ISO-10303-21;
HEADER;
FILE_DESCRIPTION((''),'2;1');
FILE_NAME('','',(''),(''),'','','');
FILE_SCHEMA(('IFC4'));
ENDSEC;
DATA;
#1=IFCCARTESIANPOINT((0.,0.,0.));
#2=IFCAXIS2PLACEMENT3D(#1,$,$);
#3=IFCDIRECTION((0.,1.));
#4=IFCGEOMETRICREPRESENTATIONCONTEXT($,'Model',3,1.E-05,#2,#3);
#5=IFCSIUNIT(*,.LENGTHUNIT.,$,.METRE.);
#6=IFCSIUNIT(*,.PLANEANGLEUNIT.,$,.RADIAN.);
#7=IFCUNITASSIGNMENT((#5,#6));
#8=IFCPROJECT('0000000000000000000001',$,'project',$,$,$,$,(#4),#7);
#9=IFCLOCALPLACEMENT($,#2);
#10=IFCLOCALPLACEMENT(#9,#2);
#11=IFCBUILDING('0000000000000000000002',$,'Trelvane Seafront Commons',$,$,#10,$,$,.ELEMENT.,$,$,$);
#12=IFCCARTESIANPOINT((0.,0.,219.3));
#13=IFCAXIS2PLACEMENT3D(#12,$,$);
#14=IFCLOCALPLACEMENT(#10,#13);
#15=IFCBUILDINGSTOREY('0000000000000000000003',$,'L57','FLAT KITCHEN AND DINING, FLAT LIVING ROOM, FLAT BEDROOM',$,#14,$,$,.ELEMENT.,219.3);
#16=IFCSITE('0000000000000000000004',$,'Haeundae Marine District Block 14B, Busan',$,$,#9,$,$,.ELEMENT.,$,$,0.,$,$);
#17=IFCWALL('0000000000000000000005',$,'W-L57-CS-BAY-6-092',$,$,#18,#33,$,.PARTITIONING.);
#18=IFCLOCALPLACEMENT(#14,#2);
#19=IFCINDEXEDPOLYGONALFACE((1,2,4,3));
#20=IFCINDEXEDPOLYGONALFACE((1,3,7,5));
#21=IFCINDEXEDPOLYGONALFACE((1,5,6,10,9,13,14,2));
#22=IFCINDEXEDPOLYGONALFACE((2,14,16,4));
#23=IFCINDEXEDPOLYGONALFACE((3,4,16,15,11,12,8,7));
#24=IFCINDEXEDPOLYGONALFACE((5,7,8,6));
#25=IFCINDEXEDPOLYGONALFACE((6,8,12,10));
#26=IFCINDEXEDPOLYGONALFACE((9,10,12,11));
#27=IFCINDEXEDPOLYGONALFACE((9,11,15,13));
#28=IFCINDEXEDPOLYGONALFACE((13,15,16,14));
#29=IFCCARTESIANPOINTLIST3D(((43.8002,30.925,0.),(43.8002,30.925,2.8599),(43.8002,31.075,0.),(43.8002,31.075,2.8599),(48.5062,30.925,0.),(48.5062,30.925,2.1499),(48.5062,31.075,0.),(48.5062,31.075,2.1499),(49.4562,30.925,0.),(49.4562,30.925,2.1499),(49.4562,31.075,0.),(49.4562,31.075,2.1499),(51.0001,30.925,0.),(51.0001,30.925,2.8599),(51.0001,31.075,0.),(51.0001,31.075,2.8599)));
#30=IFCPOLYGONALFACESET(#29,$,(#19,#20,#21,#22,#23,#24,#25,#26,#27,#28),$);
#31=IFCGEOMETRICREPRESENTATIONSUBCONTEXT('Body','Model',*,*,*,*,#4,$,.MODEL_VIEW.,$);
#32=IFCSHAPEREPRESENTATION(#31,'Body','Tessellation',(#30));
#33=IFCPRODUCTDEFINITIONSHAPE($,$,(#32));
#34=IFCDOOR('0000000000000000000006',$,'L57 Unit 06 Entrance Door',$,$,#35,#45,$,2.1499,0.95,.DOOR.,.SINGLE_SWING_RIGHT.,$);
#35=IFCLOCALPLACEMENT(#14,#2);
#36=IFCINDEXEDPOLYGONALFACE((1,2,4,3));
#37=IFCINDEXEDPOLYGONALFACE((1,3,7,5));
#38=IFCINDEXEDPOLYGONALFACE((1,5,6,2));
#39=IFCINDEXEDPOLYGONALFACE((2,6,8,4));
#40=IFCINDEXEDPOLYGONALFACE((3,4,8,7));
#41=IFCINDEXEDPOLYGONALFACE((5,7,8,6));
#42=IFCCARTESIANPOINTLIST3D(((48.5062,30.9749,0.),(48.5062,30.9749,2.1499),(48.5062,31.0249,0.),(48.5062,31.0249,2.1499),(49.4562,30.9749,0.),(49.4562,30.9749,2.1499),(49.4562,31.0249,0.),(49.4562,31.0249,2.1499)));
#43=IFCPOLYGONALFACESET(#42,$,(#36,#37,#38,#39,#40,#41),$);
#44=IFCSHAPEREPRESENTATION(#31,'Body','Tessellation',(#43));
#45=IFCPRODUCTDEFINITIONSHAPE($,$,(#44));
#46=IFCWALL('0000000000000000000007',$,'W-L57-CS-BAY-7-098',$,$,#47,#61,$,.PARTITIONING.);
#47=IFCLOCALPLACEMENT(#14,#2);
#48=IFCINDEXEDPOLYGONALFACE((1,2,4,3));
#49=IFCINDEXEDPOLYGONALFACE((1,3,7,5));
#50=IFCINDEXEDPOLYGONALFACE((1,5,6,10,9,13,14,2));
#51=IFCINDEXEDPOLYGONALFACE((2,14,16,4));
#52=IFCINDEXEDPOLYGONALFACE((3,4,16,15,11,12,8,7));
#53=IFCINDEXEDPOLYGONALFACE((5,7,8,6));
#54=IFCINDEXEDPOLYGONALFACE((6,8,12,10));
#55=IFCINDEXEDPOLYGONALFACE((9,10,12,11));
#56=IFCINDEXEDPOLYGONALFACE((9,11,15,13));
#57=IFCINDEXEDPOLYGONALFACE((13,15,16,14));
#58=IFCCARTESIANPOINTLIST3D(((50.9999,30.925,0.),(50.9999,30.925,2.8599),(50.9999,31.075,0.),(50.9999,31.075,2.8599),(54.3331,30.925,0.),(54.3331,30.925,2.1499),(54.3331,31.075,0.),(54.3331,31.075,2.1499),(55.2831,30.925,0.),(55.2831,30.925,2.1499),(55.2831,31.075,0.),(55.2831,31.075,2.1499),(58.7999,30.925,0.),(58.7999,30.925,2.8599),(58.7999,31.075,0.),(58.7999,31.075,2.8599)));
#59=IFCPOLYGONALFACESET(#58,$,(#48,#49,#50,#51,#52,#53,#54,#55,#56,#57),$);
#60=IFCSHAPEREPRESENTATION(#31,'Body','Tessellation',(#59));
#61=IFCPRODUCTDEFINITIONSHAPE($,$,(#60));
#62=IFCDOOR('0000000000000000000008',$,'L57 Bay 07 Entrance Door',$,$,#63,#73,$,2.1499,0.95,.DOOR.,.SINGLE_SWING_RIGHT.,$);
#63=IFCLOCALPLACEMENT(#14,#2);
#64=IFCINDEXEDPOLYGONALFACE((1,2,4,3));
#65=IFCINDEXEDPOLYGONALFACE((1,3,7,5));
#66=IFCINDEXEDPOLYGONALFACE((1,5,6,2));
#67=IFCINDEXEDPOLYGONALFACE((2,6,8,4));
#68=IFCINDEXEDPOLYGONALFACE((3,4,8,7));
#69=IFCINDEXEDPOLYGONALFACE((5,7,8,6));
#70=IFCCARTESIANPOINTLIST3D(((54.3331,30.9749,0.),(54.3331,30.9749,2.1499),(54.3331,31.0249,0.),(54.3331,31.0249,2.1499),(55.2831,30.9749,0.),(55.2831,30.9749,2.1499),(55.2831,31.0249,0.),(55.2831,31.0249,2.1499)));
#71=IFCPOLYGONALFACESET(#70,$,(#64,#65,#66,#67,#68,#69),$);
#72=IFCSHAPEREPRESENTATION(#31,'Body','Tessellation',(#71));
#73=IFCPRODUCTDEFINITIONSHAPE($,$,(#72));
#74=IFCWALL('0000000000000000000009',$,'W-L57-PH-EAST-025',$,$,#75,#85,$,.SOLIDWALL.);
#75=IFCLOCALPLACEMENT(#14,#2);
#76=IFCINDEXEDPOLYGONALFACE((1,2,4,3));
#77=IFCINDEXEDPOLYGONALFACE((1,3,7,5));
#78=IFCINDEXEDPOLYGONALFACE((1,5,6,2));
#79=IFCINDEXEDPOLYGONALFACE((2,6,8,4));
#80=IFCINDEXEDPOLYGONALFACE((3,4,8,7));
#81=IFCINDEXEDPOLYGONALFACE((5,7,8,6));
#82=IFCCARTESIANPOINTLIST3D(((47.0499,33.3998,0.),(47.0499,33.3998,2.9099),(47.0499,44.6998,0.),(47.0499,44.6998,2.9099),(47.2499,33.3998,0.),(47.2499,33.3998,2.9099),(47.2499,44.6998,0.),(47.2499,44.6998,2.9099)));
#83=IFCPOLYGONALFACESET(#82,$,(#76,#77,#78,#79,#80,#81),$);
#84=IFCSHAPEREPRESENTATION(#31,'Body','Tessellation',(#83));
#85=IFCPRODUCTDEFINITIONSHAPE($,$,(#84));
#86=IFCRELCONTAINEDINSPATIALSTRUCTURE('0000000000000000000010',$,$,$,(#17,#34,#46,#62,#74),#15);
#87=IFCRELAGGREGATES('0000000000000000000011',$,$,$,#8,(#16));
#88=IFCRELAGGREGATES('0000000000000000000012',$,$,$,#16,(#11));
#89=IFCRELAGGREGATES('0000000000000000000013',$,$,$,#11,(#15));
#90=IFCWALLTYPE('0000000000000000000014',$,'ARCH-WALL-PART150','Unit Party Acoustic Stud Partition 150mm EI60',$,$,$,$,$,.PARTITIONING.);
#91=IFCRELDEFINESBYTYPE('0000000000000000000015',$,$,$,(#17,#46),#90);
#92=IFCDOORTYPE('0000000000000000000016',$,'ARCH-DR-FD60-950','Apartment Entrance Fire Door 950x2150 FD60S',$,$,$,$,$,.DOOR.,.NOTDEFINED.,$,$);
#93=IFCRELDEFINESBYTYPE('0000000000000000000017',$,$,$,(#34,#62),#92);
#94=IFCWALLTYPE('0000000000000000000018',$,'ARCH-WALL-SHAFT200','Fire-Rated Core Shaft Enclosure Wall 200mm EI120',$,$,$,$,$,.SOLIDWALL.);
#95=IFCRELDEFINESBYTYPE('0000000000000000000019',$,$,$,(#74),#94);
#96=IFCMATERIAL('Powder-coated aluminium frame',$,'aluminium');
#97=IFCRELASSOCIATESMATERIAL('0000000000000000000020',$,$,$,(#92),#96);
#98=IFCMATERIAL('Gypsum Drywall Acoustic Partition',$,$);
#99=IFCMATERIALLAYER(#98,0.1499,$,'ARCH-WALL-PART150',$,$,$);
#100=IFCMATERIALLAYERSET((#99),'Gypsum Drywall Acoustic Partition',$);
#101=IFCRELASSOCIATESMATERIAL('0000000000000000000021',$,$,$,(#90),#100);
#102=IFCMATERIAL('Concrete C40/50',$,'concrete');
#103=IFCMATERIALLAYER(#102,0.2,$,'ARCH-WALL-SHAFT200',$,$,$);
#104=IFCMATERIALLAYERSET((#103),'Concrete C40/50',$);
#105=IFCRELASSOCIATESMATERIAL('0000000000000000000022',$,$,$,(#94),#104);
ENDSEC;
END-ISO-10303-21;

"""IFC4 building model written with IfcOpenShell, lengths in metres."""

from ifc_helpers import new_model, si_unit, direction, frame, frame_2d, origin, place, context, subcontext, project, spatial, rectangle, extrude, source, transform, mapped, material, layer, layer_set, type_object, element, fill, save


model = new_model("IFC4")

# Units and contexts
model_context = context("Model", 3, precision=1e-05, world=origin(), true_north=direction((0.0, 1.0)))
body_context = subcontext(model_context, "Body", "Model", "MODEL_VIEW")
ifc_project = project(units=[si_unit("LENGTHUNIT", "METRE"), si_unit("PLANEANGLEUNIT", "RADIAN")], contexts=[model_context])

# Site, building, storey
site_placement = place(None, origin())
site = spatial("IfcSite", under=ifc_project, at=site_placement, Name="Haeundae Marine District Block 14B, Busan", CompositionType="ELEMENT", RefElevation=0.0)
building_placement = place(site_placement, origin())
building = spatial("IfcBuilding", under=site, at=building_placement, Name="Trelvane Seafront Commons", CompositionType="ELEMENT")
storey_placement = place(building_placement, frame((0.0, 0.0, 219.3)))
storey = spatial("IfcBuildingStorey", under=building, at=storey_placement, Name="L57", Description="FLAT KITCHEN AND DINING, FLAT LIVING ROOM, FLAT BEDROOM", CompositionType="ELEMENT", Elevation=219.3)

# Shared definitions
ifc_material_1 = material(Name="Concrete C40/50", Category="concrete")
ifc_material_2 = material(Name="Powder-coated aluminium frame", Category="aluminium")
door_type_1 = type_object("IfcDoorType", Name="ARCH-DR-FD60-950", Description="Apartment Entrance Fire Door 950x2150 FD60S", OperationType="NOTDEFINED", PredefinedType="DOOR", material=ifc_material_2)
shared_shape_1 = source(origin(), body_context, "Body", "SweptSolid", [
    extrude(rectangle(XDim=0.95, YDim=2.1499, at=frame_2d((0.4751, 1.075))), frame((0.0, 0.0249, 0.0), z_axis=(0.0, -1.0, 0.0), x_axis=(1.0, 0.0, 0.0)), (0.0, 0.0, 1.0), 0.05),
])
ifc_material_3 = material(Name="Gypsum Drywall Acoustic Partition")

# Walls, openings, doors
ifc_layer_1 = layer(ifc_material_3, 0.1499, Name="ARCH-WALL-PART150")
ifc_layer_set_1 = layer_set([ifc_layer_1], Name="Gypsum Drywall Acoustic Partition")
wall_type_1 = type_object("IfcWallType", Name="ARCH-WALL-PART150", Description="Unit Party Acoustic Stud Partition 150mm EI60", PredefinedType="PARTITIONING", material=ifc_layer_set_1)
wall_1_placement = place(storey_placement, frame((43.8, 31.0, 0.0), z_axis=(0.0, 0.0, 1.0), x_axis=(1.0, 0.0, 0.0)))
wall_1 = element("IfcWall", 1, at=wall_1_placement, inside=storey, type_object=wall_type_1, Name="W-L57-CS-BAY-6-092", PredefinedType="PARTITIONING", context=body_context, shape_type="SweptSolid", body=[
    extrude(rectangle(XDim=7.2, YDim=0.1499, at=frame_2d((3.6001, 0.0))), origin(), (0.0, 0.0, 1.0), 2.8599),
])
opening_1_placement = place(wall_1_placement, frame((4.7061, 0.0, 0.0)))
opening_1 = element("IfcOpeningElement", 2, at=opening_1_placement, cuts=wall_1, PredefinedType="OPENING", context=body_context, shape_type="SweptSolid", body=[
    extrude(rectangle(XDim=0.95, YDim=2.1499, at=frame_2d((0.4751, 1.075))), frame((0.0, 0.085, 0.0), z_axis=(0.0, -1.0, 0.0), x_axis=(1.0, 0.0, 0.0)), (0.0, 0.0, 1.0), 0.1699),
])
door_1_placement = place(opening_1_placement, origin())
door_1 = element("IfcDoor", 3, at=door_1_placement, inside=storey, type_object=door_type_1, Name="L57 Unit 06 Entrance Door", OperationType="SINGLE_SWING_RIGHT", OverallHeight=2.1499, OverallWidth=0.95, PredefinedType="DOOR", context=body_context, shape_type="MappedRepresentation", body=[
    mapped(shared_shape_1, transform((0.0, 0.0, 0.0), x_axis=(1.0, 0.0, 0.0), y_axis=(0.0, 1.0, 0.0), z_axis=(0.0, 0.0, 1.0), scale=1.0)),
])
fill(opening_1, door_1)
wall_2_placement = place(storey_placement, frame((51.0, 31.0, 0.0), z_axis=(0.0, 0.0, 1.0), x_axis=(1.0, 0.0, 0.0)))
wall_2 = element("IfcWall", 4, at=wall_2_placement, inside=storey, type_object=wall_type_1, Name="W-L57-CS-BAY-7-098", PredefinedType="PARTITIONING", context=body_context, shape_type="SweptSolid", body=[
    extrude(rectangle(XDim=7.8, YDim=0.1499, at=frame_2d((3.8999, 0.0))), origin(), (0.0, 0.0, 1.0), 2.8599),
])
opening_2_placement = place(wall_2_placement, frame((3.333, 0.0, 0.0)))
opening_2 = element("IfcOpeningElement", 5, at=opening_2_placement, cuts=wall_2, PredefinedType="OPENING", context=body_context, shape_type="SweptSolid", body=[
    extrude(rectangle(XDim=0.95, YDim=2.1499, at=frame_2d((0.4751, 1.075))), frame((0.0, 0.085, 0.0), z_axis=(0.0, -1.0, 0.0), x_axis=(1.0, 0.0, 0.0)), (0.0, 0.0, 1.0), 0.1699),
])
door_2_placement = place(opening_2_placement, origin())
door_2 = element("IfcDoor", 6, at=door_2_placement, inside=storey, type_object=door_type_1, Name="L57 Bay 07 Entrance Door", OperationType="SINGLE_SWING_RIGHT", OverallHeight=2.1499, OverallWidth=0.95, PredefinedType="DOOR", context=body_context, shape_type="MappedRepresentation", body=[
    mapped(shared_shape_1, transform((0.0, 0.0, 0.0), x_axis=(1.0, 0.0, 0.0), y_axis=(0.0, 1.0, 0.0), z_axis=(0.0, 0.0, 1.0), scale=1.0)),
])
fill(opening_2, door_2)

# Wall
ifc_layer_2 = layer(ifc_material_1, 0.2, Name="ARCH-WALL-SHAFT200")
ifc_layer_set_2 = layer_set([ifc_layer_2], Name="Concrete C40/50")
wall_type_2 = type_object("IfcWallType", Name="ARCH-WALL-SHAFT200", Description="Fire-Rated Core Shaft Enclosure Wall 200mm EI120", PredefinedType="SOLIDWALL", material=ifc_layer_set_2)
wall_3_placement = place(storey_placement, frame((47.1499, 33.3999, 0.0), z_axis=(0.0, 0.0, 1.0), x_axis=(0.0, 1.0, 0.0)))
element("IfcWall", 7, at=wall_3_placement, inside=storey, type_object=wall_type_2, Name="W-L57-PH-EAST-025", PredefinedType="SOLIDWALL", context=body_context, shape_type="SweptSolid", body=[
    extrude(rectangle(XDim=11.3, YDim=0.2, at=frame_2d((5.6499, 0.0))), origin(), (0.0, 0.0, 1.0), 2.9099),
])

save(model, "model.ifc")
